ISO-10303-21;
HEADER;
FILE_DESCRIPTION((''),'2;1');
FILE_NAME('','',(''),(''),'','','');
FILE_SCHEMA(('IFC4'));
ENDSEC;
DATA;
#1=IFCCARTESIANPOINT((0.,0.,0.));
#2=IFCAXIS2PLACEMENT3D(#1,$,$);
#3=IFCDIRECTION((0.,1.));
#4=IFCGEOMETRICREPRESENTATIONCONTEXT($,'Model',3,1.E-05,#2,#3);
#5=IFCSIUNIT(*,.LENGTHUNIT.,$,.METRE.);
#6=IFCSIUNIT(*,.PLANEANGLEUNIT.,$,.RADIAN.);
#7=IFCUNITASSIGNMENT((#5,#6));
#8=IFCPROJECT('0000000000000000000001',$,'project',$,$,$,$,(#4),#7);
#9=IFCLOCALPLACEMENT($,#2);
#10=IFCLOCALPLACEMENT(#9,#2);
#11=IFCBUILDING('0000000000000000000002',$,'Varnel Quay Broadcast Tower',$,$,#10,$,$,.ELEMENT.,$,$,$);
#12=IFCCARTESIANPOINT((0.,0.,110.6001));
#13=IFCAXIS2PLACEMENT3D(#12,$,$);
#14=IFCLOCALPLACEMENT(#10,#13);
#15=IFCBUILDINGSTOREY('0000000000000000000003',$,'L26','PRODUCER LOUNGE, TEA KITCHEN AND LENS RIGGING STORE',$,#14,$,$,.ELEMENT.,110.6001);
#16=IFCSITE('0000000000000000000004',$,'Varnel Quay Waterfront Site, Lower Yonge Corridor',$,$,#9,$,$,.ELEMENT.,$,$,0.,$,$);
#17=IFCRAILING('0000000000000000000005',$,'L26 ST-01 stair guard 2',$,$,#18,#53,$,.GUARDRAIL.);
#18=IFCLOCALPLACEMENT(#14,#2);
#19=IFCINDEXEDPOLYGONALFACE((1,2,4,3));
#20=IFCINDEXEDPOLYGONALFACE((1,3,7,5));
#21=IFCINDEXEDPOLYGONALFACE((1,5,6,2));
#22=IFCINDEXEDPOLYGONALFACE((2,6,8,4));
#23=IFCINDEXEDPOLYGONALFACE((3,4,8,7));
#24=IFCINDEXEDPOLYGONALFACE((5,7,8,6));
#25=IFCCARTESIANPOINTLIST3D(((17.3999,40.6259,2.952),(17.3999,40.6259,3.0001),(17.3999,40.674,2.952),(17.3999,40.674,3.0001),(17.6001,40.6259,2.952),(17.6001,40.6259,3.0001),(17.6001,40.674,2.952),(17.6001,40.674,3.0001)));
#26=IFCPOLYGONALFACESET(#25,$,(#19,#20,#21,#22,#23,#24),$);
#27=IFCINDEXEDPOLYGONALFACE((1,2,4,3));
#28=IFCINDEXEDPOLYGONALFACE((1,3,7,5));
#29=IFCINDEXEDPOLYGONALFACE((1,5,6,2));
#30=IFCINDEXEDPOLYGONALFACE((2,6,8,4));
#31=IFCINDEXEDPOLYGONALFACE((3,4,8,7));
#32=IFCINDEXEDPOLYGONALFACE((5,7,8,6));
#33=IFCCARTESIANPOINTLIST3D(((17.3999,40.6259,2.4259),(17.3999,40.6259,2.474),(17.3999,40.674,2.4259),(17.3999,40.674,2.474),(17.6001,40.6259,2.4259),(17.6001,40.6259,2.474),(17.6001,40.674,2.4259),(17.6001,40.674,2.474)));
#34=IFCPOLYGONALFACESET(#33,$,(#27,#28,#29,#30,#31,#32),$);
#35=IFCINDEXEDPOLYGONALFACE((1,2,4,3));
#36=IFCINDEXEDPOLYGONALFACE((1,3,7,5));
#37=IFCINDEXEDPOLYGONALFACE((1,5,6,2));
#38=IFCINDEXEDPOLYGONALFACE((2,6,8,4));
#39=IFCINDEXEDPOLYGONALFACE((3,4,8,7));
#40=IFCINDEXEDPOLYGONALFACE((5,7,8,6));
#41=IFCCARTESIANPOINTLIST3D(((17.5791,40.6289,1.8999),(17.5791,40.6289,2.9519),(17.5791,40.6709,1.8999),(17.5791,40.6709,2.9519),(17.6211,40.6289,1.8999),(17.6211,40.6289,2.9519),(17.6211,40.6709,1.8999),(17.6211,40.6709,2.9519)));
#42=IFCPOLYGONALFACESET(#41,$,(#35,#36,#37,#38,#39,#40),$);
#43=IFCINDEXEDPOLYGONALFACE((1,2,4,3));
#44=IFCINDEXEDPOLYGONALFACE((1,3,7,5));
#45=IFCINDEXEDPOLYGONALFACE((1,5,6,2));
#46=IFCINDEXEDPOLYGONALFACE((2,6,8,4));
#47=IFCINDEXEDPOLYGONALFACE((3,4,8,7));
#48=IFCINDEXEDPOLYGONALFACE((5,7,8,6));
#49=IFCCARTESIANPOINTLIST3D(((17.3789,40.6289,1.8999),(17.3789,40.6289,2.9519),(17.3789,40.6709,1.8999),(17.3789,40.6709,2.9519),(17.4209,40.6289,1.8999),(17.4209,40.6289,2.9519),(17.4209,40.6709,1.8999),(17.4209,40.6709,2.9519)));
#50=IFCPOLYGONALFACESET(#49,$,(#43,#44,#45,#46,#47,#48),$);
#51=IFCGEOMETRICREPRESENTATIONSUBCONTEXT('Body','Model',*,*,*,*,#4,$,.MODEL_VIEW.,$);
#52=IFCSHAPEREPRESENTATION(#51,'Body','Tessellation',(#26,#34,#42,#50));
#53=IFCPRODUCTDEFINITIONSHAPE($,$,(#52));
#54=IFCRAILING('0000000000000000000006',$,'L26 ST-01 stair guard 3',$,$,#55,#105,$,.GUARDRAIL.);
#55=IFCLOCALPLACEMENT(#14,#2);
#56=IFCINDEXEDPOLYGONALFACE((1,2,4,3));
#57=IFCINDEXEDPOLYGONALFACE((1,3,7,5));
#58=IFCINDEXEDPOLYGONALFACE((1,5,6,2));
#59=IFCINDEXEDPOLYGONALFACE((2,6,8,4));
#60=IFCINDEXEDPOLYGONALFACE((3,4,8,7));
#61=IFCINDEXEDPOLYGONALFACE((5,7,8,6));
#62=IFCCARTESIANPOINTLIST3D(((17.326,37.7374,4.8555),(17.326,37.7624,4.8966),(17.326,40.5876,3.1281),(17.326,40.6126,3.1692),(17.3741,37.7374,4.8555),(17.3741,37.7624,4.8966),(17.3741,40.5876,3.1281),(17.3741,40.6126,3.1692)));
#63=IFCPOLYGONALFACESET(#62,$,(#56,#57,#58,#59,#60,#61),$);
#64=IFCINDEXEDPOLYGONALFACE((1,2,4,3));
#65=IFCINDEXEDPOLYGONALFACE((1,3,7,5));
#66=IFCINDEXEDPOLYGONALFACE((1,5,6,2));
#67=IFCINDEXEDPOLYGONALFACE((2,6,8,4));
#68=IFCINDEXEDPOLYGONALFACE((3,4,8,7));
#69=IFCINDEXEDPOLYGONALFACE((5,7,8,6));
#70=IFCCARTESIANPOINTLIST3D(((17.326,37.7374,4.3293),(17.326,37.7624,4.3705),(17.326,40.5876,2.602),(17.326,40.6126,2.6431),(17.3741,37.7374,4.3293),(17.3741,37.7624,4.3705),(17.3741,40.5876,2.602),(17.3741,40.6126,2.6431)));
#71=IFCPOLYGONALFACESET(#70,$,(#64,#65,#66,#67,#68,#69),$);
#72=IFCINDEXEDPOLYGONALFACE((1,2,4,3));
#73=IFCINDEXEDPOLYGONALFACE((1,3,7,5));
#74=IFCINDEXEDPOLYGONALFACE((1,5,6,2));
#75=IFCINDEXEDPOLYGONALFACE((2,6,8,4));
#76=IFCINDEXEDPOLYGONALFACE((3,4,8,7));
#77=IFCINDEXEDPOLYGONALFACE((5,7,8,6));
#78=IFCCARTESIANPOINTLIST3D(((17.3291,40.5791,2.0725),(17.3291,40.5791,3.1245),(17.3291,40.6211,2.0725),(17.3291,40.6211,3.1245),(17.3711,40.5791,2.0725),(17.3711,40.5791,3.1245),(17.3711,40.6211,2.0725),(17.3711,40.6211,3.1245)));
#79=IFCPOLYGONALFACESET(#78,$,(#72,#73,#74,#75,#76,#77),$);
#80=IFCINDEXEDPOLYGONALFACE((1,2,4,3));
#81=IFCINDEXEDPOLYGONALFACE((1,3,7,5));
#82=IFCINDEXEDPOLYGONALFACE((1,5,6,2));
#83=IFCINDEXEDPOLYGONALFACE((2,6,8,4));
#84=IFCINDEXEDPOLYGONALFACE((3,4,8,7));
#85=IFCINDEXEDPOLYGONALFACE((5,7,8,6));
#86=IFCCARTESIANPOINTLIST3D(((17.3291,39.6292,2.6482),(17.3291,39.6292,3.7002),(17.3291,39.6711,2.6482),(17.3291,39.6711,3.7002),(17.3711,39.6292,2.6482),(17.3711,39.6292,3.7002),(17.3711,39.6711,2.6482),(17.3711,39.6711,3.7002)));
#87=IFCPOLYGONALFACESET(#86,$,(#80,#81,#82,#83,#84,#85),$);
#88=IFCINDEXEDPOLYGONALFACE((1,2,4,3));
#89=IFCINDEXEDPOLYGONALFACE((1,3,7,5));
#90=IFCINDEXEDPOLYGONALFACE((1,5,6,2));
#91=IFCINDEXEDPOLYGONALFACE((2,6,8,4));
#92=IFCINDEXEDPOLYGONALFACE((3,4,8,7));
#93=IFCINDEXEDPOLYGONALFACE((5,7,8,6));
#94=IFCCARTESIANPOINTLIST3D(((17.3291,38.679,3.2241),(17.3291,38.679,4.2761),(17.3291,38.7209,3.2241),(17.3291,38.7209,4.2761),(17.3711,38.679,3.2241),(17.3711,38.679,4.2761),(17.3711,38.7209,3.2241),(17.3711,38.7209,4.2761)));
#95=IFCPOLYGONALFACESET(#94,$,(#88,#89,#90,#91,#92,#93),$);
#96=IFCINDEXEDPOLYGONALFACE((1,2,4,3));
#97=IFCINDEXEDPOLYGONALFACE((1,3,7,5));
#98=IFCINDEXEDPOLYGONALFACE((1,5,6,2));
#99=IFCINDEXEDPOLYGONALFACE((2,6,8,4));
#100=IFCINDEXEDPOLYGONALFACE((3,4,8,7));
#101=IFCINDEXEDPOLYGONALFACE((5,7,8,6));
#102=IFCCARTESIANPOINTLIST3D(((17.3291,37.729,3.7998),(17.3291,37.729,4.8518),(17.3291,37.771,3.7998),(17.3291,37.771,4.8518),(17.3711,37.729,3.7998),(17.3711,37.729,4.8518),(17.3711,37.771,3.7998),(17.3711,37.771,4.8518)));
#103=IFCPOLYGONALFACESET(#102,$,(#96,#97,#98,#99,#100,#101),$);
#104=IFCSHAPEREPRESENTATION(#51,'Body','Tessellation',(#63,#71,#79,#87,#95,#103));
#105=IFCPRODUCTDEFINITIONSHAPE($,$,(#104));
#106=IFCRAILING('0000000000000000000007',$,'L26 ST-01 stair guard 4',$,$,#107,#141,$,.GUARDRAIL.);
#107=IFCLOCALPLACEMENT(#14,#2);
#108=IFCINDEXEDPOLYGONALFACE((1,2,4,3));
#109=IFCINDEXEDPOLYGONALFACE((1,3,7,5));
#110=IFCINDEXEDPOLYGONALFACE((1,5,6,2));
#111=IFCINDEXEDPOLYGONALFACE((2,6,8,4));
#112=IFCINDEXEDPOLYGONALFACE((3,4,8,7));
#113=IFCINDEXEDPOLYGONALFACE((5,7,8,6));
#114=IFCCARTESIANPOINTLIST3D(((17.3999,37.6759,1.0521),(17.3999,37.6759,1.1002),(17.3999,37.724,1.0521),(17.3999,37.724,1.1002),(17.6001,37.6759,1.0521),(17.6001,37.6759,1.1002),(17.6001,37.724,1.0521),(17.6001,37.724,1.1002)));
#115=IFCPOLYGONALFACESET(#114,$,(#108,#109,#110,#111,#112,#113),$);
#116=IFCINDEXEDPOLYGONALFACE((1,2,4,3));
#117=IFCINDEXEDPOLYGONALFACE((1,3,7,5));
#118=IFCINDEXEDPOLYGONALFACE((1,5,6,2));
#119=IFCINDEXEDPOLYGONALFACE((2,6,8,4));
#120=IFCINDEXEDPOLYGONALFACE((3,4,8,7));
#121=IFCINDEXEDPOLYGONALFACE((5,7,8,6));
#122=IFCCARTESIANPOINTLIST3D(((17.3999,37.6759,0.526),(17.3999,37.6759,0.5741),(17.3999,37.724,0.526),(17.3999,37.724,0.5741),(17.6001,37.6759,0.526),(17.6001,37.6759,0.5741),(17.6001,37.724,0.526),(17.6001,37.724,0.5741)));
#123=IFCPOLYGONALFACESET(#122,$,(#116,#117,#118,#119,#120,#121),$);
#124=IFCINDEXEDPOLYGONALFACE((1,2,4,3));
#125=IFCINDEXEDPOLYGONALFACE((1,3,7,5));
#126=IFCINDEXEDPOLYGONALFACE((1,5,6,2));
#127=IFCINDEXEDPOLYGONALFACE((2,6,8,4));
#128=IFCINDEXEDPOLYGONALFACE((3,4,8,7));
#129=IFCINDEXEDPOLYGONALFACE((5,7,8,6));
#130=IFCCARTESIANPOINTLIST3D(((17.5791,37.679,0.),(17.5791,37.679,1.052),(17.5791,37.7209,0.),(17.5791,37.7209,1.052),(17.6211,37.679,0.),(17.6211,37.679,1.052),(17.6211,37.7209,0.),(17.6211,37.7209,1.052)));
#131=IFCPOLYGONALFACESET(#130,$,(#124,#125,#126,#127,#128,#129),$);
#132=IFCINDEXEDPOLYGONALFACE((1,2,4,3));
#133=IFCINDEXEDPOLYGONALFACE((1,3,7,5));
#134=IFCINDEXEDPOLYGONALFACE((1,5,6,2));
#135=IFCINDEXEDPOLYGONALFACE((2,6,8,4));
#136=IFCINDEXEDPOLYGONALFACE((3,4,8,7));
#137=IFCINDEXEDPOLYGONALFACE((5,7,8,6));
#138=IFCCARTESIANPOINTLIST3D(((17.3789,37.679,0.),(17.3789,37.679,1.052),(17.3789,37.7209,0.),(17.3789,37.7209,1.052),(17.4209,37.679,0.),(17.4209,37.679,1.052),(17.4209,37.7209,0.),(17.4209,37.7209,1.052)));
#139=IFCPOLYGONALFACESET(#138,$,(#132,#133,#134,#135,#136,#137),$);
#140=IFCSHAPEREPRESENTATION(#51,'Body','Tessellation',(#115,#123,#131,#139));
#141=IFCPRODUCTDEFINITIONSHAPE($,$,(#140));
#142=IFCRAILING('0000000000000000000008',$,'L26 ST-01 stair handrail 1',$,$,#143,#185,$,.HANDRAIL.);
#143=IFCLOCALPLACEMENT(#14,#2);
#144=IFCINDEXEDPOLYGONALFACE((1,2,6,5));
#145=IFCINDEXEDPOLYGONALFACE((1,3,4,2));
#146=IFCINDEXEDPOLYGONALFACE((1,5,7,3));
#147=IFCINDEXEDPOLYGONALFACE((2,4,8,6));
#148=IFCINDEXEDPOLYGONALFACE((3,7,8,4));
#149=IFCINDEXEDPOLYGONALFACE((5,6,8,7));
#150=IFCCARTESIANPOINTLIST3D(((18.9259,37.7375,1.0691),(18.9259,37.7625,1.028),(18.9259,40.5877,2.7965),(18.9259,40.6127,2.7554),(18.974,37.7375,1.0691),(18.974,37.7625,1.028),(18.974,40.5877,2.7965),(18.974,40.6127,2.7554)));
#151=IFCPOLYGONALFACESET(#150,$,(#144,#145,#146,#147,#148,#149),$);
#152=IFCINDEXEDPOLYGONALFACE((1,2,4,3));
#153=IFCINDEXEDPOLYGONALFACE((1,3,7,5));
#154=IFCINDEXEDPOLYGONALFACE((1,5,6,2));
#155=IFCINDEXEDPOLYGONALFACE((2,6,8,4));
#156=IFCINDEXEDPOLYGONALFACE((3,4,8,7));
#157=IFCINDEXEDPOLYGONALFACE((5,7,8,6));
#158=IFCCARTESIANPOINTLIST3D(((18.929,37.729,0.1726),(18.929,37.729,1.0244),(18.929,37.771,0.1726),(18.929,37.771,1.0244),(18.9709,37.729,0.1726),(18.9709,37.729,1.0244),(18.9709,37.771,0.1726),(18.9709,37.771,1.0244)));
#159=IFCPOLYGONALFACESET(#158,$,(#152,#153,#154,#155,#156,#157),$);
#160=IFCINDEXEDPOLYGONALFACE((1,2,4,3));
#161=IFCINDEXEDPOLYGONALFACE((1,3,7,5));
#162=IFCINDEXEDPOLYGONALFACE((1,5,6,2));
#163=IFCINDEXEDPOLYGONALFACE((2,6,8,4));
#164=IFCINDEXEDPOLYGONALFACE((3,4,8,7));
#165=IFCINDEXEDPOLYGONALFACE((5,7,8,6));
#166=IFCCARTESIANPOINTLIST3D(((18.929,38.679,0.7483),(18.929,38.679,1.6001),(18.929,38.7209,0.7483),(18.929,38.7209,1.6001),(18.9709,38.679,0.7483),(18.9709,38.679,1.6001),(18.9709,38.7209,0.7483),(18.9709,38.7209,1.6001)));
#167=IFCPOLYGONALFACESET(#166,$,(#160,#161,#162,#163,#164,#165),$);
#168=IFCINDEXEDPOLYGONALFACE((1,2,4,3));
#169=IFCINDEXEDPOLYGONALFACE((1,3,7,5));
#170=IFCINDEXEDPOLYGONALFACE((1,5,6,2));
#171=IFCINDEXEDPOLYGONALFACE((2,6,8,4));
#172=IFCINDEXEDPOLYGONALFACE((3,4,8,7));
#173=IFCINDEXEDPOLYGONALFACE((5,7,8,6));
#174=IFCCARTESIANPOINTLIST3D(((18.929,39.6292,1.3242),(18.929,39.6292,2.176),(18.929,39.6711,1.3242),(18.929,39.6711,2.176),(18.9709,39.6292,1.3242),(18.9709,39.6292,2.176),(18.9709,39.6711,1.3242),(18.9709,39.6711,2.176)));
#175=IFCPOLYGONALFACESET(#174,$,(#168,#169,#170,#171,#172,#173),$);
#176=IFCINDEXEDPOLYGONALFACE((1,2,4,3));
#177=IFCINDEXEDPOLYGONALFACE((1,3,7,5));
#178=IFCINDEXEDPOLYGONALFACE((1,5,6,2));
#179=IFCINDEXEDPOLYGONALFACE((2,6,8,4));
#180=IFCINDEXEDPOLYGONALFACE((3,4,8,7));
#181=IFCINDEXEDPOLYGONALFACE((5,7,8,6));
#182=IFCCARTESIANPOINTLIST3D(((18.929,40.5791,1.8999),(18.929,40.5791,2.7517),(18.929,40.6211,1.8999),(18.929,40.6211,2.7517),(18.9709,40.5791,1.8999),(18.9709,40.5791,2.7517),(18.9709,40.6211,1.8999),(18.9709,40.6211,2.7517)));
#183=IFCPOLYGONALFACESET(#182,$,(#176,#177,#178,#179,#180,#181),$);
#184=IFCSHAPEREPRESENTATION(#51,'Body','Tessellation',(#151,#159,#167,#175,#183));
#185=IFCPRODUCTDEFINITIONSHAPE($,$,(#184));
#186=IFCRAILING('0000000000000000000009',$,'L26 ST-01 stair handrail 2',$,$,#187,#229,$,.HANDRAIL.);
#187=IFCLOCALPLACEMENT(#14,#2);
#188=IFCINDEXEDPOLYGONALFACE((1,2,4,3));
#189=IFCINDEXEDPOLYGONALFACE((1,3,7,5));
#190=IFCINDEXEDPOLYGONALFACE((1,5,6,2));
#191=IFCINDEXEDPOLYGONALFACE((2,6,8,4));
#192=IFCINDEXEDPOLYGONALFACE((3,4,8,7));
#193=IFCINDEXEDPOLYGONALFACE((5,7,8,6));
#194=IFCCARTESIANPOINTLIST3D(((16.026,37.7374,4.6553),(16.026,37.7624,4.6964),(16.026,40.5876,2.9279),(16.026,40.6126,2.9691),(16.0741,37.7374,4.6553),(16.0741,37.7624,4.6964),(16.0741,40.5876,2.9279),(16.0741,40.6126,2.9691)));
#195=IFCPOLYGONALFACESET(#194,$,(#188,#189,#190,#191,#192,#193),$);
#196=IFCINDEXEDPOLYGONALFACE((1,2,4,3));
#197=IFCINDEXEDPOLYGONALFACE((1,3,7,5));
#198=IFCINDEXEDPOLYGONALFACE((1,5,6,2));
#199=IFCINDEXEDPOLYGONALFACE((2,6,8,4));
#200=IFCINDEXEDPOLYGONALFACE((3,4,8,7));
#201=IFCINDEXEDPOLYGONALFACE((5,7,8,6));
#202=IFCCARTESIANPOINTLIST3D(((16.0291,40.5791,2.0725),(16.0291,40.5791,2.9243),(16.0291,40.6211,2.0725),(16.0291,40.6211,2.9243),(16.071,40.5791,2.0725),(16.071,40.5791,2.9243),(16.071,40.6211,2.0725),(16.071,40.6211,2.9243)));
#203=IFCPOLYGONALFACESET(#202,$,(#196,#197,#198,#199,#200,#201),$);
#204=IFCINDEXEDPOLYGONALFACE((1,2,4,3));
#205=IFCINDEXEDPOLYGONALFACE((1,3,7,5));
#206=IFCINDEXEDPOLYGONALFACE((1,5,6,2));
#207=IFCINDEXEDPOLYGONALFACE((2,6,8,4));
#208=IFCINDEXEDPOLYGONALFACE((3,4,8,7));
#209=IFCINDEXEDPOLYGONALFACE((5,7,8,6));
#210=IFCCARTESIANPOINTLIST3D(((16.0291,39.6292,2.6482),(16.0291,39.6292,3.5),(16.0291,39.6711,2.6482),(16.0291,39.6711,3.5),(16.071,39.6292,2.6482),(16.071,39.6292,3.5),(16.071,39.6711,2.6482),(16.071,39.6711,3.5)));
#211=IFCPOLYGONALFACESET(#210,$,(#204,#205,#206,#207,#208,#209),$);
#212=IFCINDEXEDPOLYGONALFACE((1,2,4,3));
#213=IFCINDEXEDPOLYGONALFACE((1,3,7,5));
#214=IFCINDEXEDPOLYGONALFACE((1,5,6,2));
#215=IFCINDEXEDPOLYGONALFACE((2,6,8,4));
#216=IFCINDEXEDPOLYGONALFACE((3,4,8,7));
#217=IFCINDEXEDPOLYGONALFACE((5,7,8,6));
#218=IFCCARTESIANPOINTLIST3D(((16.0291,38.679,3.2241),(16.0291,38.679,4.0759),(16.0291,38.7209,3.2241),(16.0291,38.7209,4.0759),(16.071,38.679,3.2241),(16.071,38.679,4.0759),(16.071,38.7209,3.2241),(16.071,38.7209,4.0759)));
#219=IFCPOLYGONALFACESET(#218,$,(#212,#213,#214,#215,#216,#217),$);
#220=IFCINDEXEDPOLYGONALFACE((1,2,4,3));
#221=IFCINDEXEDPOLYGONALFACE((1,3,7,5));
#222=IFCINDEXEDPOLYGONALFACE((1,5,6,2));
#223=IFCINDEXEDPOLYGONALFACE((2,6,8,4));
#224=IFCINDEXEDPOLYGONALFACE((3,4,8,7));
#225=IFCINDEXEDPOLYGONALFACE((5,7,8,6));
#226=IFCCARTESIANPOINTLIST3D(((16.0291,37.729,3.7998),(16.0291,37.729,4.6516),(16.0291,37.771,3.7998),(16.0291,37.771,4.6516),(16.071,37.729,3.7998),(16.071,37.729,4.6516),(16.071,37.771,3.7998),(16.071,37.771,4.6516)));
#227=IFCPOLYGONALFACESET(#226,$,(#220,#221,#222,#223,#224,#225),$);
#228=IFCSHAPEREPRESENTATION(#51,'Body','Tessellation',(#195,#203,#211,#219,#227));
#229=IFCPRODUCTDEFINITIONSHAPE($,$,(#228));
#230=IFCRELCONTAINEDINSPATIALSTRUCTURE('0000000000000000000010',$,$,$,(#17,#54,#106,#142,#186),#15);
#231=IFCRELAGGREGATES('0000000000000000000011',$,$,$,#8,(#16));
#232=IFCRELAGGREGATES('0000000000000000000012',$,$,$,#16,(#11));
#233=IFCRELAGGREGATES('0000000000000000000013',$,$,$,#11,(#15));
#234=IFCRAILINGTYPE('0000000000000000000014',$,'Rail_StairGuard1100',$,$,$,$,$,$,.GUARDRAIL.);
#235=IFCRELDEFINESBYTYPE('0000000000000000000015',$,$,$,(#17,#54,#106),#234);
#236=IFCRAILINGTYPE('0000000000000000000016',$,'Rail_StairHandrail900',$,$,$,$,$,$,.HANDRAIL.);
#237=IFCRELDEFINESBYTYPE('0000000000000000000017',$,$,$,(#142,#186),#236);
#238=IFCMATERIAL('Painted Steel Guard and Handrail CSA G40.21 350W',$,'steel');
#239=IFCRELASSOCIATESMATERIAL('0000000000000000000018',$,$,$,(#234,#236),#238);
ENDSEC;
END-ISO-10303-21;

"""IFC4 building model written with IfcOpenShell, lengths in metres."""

from ifc_helpers import new_model, si_unit, direction, frame, origin, origin_2d, place, context, subcontext, project, spatial, rectangle, extrude, material, type_object, element, save


model = new_model("IFC4")

# Units and contexts
model_context = context("Model", 3, precision=1e-05, world=origin(), true_north=direction((0.0, 1.0)))
body_context = subcontext(model_context, "Body", "Model", "MODEL_VIEW")
ifc_project = project(units=[si_unit("LENGTHUNIT", "METRE"), si_unit("PLANEANGLEUNIT", "RADIAN")], contexts=[model_context])

# Site, building, storey
site_placement = place(None, origin())
site = spatial("IfcSite", under=ifc_project, at=site_placement, Name="Varnel Quay Waterfront Site, Lower Yonge Corridor", CompositionType="ELEMENT", RefElevation=0.0)
building_placement = place(site_placement, origin())
building = spatial("IfcBuilding", under=site, at=building_placement, Name="Varnel Quay Broadcast Tower", CompositionType="ELEMENT")
storey_placement = place(building_placement, frame((0.0, 0.0, 110.6001)))
storey = spatial("IfcBuildingStorey", under=building, at=storey_placement, Name="L26", Description="PRODUCER LOUNGE, TEA KITCHEN AND LENS RIGGING STORE", CompositionType="ELEMENT", Elevation=110.6001)

# Railings
ifc_material_1 = material(Name="Painted Steel Guard and Handrail CSA G40.21 350W", Category="steel")
railing_type_1 = type_object("IfcRailingType", Name="Rail_StairGuard1100", PredefinedType="GUARDRAIL", material=ifc_material_1)
railing_1_placement = place(storey_placement, frame((17.6001, 40.6499, 1.8999)))
element("IfcRailing", 1, at=railing_1_placement, inside=storey, type_object=railing_type_1, Name="L26 ST-01 stair guard 2", PredefinedType="GUARDRAIL", context=body_context, shape_type="SweptSolid", body=[
    extrude(rectangle(XDim=0.0481, YDim=0.0481, at=origin_2d()), frame((0.0, 0.0, 1.0762), z_axis=(-1.0, 0.0, 0.0), x_axis=(0.0, -1.0, 0.0)), (0.0, 0.0, 1.0), 0.2002),
    extrude(rectangle(XDim=0.0481, YDim=0.0481, at=origin_2d()), frame((0.0, 0.0, 0.55), z_axis=(-1.0, 0.0, 0.0), x_axis=(0.0, -1.0, 0.0)), (0.0, 0.0, 1.0), 0.2002),
    extrude(rectangle(XDim=0.042, YDim=0.042, at=origin_2d()), origin(), (0.0, 0.0, 1.0), 1.052),
    extrude(rectangle(XDim=0.042, YDim=0.042, at=origin_2d()), frame((-0.2002, 0.0, 0.0)), (0.0, 0.0, 1.0), 1.052),
])
railing_2_placement = place(storey_placement, frame((17.3501, 40.6001, 2.0725)))
element("IfcRailing", 2, at=railing_2_placement, inside=storey, type_object=railing_type_1, Name="L26 ST-01 stair guard 3", PredefinedType="GUARDRAIL", context=body_context, shape_type="SweptSolid", body=[
    extrude(rectangle(XDim=0.0481, YDim=0.0481, at=origin_2d()), frame((0.0, 0.0, 1.0762), z_axis=(0.0, -0.855203, 0.518294), x_axis=(1.0, 0.0, 0.0)), (0.0, 0.0, 1.0), 3.3328),
    extrude(rectangle(XDim=0.0481, YDim=0.0481, at=origin_2d()), frame((0.0, 0.0, 0.55), z_axis=(0.0, -0.855203, 0.518294), x_axis=(1.0, 0.0, 0.0)), (0.0, 0.0, 1.0), 3.3328),
    extrude(rectangle(XDim=0.042, YDim=0.042, at=origin_2d()), origin(), (0.0, 0.0, 1.0), 1.052),
    extrude(rectangle(XDim=0.042, YDim=0.042, at=origin_2d()), frame((0.0, -0.95, 0.5757)), (0.0, 0.0, 1.0), 1.052),
    extrude(rectangle(XDim=0.042, YDim=0.042, at=origin_2d()), frame((0.0, -1.9001, 1.1516)), (0.0, 0.0, 1.0), 1.052),
    extrude(rectangle(XDim=0.042, YDim=0.042, at=origin_2d()), frame((0.0, -2.8501, 1.7273)), (0.0, 0.0, 1.0), 1.052),
])
railing_3_placement = place(storey_placement, frame((17.6001, 37.7, 0.0)))
element("IfcRailing", 3, at=railing_3_placement, inside=storey, type_object=railing_type_1, Name="L26 ST-01 stair guard 4", PredefinedType="GUARDRAIL", context=body_context, shape_type="SweptSolid", body=[
    extrude(rectangle(XDim=0.0481, YDim=0.0481, at=origin_2d()), frame((0.0, 0.0, 1.0762), z_axis=(-1.0, 0.0, 0.0), x_axis=(0.0, -1.0, 0.0)), (0.0, 0.0, 1.0), 0.2002),
    extrude(rectangle(XDim=0.0481, YDim=0.0481, at=origin_2d()), frame((0.0, 0.0, 0.55), z_axis=(-1.0, 0.0, 0.0), x_axis=(0.0, -1.0, 0.0)), (0.0, 0.0, 1.0), 0.2002),
    extrude(rectangle(XDim=0.042, YDim=0.042, at=origin_2d()), origin(), (0.0, 0.0, 1.0), 1.052),
    extrude(rectangle(XDim=0.042, YDim=0.042, at=origin_2d()), frame((-0.2002, 0.0, 0.0)), (0.0, 0.0, 1.0), 1.052),
])
railing_type_2 = type_object("IfcRailingType", Name="Rail_StairHandrail900", PredefinedType="HANDRAIL", material=ifc_material_1)
railing_4_placement = place(storey_placement, frame((18.95, 37.75, 0.1726)))
element("IfcRailing", 4, at=railing_4_placement, inside=storey, type_object=railing_type_2, Name="L26 ST-01 stair handrail 1", PredefinedType="HANDRAIL", context=body_context, shape_type="SweptSolid", body=[
    extrude(rectangle(XDim=0.0481, YDim=0.0481, at=origin_2d()), frame((0.0, 0.0, 0.876), z_axis=(0.0, 0.855203, 0.518294), x_axis=(-1.0, 0.0, 0.0)), (0.0, 0.0, 1.0), 3.3328),
    extrude(rectangle(XDim=0.042, YDim=0.042, at=origin_2d()), origin(), (0.0, 0.0, 1.0), 0.8518),
    extrude(rectangle(XDim=0.042, YDim=0.042, at=origin_2d()), frame((0.0, 0.95, 0.5757)), (0.0, 0.0, 1.0), 0.8518),
    extrude(rectangle(XDim=0.042, YDim=0.042, at=origin_2d()), frame((0.0, 1.9001, 1.1516)), (0.0, 0.0, 1.0), 0.8518),
    extrude(rectangle(XDim=0.042, YDim=0.042, at=origin_2d()), frame((0.0, 2.8501, 1.7273)), (0.0, 0.0, 1.0), 0.8518),
])
railing_5_placement = place(storey_placement, frame((16.05, 40.6001, 2.0725)))
element("IfcRailing", 5, at=railing_5_placement, inside=storey, type_object=railing_type_2, Name="L26 ST-01 stair handrail 2", PredefinedType="HANDRAIL", context=body_context, shape_type="SweptSolid", body=[
    extrude(rectangle(XDim=0.0481, YDim=0.0481, at=origin_2d()), frame((0.0, 0.0, 0.876), z_axis=(0.0, -0.855203, 0.518294), x_axis=(1.0, 0.0, 0.0)), (0.0, 0.0, 1.0), 3.3328),
    extrude(rectangle(XDim=0.042, YDim=0.042, at=origin_2d()), origin(), (0.0, 0.0, 1.0), 0.8518),
    extrude(rectangle(XDim=0.042, YDim=0.042, at=origin_2d()), frame((0.0, -0.95, 0.5757)), (0.0, 0.0, 1.0), 0.8518),
    extrude(rectangle(XDim=0.042, YDim=0.042, at=origin_2d()), frame((0.0, -1.9001, 1.1516)), (0.0, 0.0, 1.0), 0.8518),
    extrude(rectangle(XDim=0.042, YDim=0.042, at=origin_2d()), frame((0.0, -2.8501, 1.7273)), (0.0, 0.0, 1.0), 0.8518),
])

save(model, "model.ifc")
